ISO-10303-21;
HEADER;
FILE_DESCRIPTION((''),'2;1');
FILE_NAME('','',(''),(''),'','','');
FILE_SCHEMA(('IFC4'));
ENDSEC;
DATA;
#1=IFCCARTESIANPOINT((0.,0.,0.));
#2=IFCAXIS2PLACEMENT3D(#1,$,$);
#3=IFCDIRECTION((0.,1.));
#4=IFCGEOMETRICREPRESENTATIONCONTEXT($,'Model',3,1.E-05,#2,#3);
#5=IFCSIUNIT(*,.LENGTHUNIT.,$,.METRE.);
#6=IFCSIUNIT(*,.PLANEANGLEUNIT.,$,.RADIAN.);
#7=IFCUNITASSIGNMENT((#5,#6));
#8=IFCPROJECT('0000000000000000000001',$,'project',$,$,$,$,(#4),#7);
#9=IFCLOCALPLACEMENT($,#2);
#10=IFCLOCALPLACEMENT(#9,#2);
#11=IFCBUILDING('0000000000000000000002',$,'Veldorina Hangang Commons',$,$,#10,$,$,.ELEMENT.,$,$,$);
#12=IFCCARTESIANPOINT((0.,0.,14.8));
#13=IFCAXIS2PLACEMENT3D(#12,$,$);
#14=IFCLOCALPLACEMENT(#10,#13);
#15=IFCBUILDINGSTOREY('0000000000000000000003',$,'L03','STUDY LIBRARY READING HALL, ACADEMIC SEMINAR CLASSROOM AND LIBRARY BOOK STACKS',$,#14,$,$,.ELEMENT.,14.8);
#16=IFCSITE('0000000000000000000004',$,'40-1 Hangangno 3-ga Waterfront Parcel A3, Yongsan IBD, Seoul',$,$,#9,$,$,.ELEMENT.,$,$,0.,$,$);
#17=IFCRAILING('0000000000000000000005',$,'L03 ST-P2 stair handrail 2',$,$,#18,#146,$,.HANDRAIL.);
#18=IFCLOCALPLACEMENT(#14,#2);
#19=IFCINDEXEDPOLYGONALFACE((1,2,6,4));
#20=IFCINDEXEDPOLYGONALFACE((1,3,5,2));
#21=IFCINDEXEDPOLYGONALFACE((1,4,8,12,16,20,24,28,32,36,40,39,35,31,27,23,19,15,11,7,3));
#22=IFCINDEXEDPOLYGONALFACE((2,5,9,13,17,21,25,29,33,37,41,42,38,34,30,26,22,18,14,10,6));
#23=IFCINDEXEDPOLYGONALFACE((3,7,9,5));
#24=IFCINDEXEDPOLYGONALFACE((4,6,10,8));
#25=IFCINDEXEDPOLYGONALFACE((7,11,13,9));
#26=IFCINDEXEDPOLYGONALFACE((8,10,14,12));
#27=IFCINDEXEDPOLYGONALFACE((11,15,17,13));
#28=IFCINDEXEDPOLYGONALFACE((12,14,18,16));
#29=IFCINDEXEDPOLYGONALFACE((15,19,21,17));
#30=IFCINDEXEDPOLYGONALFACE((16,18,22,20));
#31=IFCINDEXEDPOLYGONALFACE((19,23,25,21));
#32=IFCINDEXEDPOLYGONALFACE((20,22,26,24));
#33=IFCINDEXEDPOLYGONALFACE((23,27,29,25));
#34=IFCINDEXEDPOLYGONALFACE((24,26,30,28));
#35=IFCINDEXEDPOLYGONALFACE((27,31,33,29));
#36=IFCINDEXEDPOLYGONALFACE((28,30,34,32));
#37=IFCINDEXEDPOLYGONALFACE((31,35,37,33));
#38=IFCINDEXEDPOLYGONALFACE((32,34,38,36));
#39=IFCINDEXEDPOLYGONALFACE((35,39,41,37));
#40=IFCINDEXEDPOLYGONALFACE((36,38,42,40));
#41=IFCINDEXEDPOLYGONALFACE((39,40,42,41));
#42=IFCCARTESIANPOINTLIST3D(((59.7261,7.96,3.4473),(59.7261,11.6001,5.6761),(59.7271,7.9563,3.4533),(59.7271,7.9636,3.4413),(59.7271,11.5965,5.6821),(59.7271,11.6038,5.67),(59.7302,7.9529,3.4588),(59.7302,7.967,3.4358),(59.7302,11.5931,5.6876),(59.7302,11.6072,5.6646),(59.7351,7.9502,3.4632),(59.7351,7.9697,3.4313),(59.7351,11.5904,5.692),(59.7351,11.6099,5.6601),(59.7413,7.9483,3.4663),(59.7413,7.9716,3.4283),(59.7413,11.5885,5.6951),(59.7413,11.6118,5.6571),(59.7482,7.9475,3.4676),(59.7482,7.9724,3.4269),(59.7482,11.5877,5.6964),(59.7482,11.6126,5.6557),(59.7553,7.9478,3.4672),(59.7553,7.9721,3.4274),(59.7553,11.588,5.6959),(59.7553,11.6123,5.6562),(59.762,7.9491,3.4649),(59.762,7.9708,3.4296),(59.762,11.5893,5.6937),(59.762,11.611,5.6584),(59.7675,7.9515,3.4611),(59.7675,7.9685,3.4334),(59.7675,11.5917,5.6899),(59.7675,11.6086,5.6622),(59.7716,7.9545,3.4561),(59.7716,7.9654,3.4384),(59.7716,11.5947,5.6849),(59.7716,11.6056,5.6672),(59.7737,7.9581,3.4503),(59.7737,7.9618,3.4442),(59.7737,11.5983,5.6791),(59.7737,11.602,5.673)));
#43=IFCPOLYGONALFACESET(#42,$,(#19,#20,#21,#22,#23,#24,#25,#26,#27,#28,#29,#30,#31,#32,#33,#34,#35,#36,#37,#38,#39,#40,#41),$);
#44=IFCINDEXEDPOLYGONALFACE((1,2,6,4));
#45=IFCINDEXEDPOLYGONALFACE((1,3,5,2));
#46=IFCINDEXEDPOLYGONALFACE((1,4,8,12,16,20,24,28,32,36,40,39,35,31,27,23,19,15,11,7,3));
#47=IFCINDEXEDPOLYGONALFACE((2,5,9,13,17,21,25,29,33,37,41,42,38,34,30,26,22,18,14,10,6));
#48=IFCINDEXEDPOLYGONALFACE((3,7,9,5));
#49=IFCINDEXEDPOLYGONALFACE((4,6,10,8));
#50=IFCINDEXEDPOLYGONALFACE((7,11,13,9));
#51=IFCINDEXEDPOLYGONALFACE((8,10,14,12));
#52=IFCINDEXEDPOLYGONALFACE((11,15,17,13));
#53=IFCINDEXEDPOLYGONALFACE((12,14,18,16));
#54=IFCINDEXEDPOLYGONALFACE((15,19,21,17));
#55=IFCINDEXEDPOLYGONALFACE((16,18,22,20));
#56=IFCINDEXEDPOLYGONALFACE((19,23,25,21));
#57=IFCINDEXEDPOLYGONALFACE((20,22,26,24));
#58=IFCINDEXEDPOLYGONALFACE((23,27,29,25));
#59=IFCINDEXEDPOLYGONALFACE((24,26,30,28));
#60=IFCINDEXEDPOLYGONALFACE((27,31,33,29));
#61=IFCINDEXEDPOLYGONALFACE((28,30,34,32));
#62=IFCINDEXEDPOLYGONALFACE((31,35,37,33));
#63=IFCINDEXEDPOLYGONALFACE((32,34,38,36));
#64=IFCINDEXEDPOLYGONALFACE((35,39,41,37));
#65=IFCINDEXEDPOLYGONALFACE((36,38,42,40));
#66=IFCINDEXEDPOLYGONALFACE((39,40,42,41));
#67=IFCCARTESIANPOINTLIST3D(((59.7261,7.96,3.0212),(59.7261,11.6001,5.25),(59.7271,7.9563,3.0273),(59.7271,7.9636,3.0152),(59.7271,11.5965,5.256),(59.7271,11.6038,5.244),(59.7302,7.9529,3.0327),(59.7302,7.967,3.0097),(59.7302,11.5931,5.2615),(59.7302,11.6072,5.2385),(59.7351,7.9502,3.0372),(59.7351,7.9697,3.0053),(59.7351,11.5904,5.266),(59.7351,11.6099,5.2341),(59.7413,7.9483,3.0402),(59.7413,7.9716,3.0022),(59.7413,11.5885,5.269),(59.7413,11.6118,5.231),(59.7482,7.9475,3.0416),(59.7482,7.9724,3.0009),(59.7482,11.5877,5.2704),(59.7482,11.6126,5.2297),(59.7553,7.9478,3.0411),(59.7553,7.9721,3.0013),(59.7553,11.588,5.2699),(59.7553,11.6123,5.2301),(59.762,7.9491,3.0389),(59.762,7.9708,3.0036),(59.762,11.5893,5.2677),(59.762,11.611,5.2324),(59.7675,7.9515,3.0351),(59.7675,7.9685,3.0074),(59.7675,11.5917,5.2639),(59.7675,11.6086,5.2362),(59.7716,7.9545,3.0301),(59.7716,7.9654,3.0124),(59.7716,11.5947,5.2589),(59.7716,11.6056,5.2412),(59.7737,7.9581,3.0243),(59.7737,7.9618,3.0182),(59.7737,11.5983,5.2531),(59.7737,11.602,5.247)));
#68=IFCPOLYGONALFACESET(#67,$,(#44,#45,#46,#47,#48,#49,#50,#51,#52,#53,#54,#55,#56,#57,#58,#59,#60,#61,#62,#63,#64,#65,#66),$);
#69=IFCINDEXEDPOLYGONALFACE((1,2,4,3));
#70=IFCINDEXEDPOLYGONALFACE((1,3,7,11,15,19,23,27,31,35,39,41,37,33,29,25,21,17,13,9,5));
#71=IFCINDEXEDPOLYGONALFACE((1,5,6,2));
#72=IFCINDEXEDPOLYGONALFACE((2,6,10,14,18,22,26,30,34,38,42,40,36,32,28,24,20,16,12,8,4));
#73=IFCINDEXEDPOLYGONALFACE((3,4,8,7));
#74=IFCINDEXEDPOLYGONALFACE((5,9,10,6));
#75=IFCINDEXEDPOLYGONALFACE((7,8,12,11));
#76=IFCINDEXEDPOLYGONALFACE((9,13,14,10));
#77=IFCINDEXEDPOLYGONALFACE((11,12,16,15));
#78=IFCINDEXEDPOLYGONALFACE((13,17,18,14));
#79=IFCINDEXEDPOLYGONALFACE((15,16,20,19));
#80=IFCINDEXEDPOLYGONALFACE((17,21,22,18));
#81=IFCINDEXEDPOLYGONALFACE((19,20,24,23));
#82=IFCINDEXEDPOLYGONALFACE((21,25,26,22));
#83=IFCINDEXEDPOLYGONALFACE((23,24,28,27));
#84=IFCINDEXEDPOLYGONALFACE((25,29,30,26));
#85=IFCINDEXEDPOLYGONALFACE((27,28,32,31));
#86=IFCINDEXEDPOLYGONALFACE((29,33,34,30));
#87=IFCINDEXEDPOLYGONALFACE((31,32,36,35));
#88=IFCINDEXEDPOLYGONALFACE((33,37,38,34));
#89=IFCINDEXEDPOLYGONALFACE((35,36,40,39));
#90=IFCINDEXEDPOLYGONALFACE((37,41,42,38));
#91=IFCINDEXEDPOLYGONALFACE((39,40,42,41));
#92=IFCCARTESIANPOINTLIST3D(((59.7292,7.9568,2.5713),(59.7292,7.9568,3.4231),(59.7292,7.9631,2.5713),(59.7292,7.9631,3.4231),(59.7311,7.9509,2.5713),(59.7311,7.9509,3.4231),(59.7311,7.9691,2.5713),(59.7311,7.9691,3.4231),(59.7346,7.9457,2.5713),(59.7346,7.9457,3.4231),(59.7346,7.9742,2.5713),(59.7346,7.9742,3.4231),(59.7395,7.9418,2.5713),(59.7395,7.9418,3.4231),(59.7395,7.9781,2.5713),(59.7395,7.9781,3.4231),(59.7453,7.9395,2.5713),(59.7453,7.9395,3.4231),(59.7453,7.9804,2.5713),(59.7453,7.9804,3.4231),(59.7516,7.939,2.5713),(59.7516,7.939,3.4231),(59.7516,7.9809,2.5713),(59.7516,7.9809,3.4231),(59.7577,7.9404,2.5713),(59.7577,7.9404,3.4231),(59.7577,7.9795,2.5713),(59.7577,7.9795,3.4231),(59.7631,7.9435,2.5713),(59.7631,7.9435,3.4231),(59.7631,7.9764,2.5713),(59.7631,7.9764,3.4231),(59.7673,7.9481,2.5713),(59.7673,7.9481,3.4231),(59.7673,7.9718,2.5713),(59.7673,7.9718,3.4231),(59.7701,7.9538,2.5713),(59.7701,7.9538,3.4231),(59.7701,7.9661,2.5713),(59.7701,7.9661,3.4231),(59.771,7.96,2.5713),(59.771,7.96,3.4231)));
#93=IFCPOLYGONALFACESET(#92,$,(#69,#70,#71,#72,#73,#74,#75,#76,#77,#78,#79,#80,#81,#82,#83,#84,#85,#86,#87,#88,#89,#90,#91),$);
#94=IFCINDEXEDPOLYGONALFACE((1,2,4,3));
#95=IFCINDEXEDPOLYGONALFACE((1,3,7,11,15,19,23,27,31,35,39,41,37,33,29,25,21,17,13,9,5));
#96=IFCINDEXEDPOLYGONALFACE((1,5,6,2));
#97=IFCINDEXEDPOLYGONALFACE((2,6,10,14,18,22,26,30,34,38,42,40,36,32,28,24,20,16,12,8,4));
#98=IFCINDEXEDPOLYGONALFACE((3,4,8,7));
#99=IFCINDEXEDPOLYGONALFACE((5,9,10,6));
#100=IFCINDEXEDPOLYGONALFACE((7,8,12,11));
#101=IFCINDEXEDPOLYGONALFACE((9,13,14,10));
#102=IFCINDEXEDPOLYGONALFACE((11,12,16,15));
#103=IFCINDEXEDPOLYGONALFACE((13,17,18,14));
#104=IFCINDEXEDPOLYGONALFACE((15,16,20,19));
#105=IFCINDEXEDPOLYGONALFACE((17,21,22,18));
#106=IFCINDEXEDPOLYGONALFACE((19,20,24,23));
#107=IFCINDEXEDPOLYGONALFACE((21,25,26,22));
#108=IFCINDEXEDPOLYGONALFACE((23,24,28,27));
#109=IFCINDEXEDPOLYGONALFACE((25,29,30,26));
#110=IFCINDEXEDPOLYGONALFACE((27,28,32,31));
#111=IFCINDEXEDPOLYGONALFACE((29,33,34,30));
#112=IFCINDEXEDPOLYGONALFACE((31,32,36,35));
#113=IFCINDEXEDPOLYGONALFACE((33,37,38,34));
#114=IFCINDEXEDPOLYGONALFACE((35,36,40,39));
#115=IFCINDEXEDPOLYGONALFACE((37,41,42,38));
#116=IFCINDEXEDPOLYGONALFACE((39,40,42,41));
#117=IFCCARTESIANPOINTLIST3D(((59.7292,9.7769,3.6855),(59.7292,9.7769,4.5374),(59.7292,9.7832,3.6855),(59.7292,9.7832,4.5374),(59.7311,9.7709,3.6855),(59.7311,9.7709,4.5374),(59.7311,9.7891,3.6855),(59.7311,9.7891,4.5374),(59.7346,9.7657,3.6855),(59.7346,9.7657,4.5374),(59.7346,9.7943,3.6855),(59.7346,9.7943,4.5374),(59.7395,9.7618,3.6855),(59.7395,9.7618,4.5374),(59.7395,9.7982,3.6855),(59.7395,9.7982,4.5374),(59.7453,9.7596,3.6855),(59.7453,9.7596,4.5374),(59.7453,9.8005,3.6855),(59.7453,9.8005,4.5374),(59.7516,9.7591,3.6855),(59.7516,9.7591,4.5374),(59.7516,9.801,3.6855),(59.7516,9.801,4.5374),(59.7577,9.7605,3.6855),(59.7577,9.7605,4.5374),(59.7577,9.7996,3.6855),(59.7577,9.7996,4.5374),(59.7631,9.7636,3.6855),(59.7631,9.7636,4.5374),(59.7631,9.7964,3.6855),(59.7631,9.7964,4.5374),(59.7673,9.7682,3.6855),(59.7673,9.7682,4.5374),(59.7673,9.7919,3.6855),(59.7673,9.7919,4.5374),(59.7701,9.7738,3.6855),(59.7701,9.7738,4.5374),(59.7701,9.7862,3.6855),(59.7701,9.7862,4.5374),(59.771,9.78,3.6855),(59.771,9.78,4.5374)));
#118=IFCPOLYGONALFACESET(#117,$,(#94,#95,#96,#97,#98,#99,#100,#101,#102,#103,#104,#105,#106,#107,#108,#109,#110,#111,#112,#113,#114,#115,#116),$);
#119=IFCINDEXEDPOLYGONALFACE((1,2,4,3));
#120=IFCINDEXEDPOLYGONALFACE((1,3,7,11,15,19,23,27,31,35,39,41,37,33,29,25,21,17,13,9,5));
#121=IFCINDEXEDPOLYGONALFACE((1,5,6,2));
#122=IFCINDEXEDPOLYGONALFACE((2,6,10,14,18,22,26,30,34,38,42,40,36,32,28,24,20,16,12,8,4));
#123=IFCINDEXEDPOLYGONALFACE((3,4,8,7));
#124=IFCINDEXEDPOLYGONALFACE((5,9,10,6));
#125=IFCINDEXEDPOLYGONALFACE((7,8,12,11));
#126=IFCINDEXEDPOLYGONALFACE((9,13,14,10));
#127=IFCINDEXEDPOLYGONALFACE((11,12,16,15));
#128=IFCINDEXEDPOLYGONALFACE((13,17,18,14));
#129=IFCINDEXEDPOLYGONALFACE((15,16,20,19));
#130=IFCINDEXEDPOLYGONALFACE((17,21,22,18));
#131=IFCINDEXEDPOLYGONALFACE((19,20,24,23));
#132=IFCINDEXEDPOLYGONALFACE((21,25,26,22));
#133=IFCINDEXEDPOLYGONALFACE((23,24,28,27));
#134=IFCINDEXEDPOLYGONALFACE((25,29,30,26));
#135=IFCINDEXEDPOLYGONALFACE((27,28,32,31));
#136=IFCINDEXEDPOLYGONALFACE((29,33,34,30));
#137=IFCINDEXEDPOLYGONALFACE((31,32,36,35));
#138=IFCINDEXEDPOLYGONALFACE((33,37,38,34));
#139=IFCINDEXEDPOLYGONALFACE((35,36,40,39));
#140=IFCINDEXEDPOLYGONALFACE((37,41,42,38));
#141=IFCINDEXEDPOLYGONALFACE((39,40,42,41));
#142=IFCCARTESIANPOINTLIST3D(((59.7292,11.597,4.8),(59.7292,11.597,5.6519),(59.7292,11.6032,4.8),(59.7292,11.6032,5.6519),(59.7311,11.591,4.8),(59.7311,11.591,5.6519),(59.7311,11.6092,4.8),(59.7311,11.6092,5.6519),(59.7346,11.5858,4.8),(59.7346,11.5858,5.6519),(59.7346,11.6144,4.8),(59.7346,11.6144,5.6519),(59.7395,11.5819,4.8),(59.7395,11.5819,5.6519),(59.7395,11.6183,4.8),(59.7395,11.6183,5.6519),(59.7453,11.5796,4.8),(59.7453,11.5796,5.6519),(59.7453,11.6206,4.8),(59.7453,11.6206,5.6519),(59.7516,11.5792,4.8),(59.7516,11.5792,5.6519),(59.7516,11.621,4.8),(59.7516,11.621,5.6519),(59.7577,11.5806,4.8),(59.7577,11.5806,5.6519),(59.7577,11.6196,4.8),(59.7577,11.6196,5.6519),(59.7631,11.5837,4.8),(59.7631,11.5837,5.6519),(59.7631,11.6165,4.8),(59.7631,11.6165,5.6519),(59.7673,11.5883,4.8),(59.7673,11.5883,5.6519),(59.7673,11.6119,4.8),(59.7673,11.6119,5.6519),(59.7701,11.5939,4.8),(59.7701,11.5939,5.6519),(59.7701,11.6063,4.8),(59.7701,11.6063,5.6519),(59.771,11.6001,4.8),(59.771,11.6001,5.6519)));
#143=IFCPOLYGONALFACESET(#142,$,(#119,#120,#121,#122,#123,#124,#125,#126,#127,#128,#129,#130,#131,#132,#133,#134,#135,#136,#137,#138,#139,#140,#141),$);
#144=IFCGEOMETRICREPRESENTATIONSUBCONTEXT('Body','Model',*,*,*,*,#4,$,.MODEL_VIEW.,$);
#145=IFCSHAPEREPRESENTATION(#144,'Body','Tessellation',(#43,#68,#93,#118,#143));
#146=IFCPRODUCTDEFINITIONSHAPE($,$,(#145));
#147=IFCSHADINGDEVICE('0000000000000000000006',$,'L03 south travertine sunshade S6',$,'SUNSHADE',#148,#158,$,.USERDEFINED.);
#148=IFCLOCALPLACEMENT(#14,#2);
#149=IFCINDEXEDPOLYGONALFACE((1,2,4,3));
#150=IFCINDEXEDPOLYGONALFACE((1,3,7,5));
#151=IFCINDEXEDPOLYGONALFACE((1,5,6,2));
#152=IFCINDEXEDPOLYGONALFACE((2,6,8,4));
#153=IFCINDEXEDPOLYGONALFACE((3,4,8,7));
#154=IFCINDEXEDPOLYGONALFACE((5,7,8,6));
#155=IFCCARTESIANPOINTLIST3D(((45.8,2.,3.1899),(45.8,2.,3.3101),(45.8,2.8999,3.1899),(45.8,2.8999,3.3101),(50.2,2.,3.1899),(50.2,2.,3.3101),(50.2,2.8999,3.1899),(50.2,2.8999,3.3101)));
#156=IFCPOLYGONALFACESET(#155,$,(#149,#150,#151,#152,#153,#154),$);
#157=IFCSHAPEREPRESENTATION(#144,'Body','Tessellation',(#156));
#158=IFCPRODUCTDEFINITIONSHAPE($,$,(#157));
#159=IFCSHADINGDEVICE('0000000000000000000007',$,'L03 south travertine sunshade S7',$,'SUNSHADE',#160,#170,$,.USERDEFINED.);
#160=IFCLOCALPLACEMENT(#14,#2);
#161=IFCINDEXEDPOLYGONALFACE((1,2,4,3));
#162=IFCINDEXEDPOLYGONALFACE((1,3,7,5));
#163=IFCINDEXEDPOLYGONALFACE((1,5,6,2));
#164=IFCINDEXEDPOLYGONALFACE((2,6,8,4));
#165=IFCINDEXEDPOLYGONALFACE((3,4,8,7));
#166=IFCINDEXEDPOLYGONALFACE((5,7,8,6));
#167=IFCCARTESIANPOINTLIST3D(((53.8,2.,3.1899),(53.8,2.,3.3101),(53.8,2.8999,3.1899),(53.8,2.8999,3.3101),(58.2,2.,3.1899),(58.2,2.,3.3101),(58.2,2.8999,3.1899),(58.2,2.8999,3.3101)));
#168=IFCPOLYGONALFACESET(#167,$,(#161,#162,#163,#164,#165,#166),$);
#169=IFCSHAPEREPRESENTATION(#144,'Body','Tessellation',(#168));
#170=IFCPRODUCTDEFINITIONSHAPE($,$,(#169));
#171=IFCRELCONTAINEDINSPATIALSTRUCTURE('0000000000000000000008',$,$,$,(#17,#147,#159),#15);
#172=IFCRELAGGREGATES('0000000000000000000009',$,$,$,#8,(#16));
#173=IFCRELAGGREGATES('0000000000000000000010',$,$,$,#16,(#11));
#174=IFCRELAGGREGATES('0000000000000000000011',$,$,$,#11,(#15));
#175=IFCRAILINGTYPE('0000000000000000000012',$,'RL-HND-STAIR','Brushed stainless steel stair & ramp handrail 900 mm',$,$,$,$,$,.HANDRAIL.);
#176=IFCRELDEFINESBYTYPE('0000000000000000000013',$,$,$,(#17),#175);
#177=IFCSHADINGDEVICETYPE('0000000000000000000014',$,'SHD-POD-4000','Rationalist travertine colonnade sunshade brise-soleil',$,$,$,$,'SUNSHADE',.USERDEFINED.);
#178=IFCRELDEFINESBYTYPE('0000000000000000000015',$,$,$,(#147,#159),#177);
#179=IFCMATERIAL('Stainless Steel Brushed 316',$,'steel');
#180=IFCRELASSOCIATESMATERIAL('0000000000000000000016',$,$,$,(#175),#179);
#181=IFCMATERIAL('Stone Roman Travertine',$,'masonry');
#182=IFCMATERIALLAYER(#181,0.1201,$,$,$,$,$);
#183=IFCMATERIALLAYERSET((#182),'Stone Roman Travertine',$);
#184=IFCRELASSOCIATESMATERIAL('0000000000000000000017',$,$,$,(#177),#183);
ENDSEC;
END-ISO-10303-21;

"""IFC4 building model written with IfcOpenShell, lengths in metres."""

from ifc_helpers import new_model, si_unit, direction, frame, origin, origin_2d, place, context, subcontext, project, spatial, rectangle, circle, extrude, material, layer, layer_set, type_object, element, save


model = new_model("IFC4")

# Units and contexts
model_context = context("Model", 3, precision=1e-05, world=origin(), true_north=direction((0.0, 1.0)))
body_context = subcontext(model_context, "Body", "Model", "MODEL_VIEW")
ifc_project = project(units=[si_unit("LENGTHUNIT", "METRE"), si_unit("PLANEANGLEUNIT", "RADIAN")], contexts=[model_context])

# Site, building, storey
site_placement = place(None, origin())
site = spatial("IfcSite", under=ifc_project, at=site_placement, Name="40-1 Hangangno 3-ga Waterfront Parcel A3, Yongsan IBD, Seoul", CompositionType="ELEMENT", RefElevation=0.0)
building_placement = place(site_placement, origin())
building = spatial("IfcBuilding", under=site, at=building_placement, Name="Veldorina Hangang Commons", CompositionType="ELEMENT")
storey_placement = place(building_placement, frame((0.0, 0.0, 14.8)))
storey = spatial("IfcBuildingStorey", under=building, at=storey_placement, Name="L03", Description="STUDY LIBRARY READING HALL, ACADEMIC SEMINAR CLASSROOM AND LIBRARY BOOK STACKS", CompositionType="ELEMENT", Elevation=14.8)

# Shared definitions
ifc_material_1 = material(Name="Stone Roman Travertine", Category="masonry")

# Railing
ifc_material_2 = material(Name="Stainless Steel Brushed 316", Category="steel")
railing_type_1 = type_object("IfcRailingType", Name="RL-HND-STAIR", Description="Brushed stainless steel stair & ramp handrail 900 mm", PredefinedType="HANDRAIL", material=ifc_material_2)
railing_1_placement = place(storey_placement, frame((59.75, 7.96, 2.5713)))
element("IfcRailing", 1, at=railing_1_placement, inside=storey, type_object=railing_type_1, Name="L03 ST-P2 stair handrail 2", PredefinedType="HANDRAIL", context=body_context, shape_type="SweptSolid", body=[
    extrude(circle(Radius=0.0239, at=origin_2d()), frame((0.0, 0.0, 0.876), z_axis=(0.0, 0.85284, 0.522172), x_axis=(-1.0, 0.0, 0.0)), (0.0, 0.0, 1.0), 4.2683),
    extrude(circle(Radius=0.0239, at=origin_2d()), frame((0.0, 0.0, 0.45), z_axis=(0.0, 0.85284, 0.522172), x_axis=(-1.0, 0.0, 0.0)), (0.0, 0.0, 1.0), 4.2683),
    extrude(circle(Radius=0.021, at=origin_2d()), origin(), (0.0, 0.0, 1.0), 0.8518),
    extrude(circle(Radius=0.021, at=origin_2d()), frame((0.0, 1.8201, 1.1143)), (0.0, 0.0, 1.0), 0.8518),
    extrude(circle(Radius=0.021, at=origin_2d()), frame((0.0, 3.6401, 2.2288)), (0.0, 0.0, 1.0), 0.8518),
])

# Shading devices
ifc_layer_1 = layer(ifc_material_1, 0.1201)
ifc_layer_set_1 = layer_set([ifc_layer_1], Name="Stone Roman Travertine")
shading_device_type = type_object("IfcShadingDeviceType", Name="SHD-POD-4000", Description="Rationalist travertine colonnade sunshade brise-soleil", ElementType="SUNSHADE", PredefinedType="USERDEFINED", material=ifc_layer_set_1)
for number, where, z_axis, x_axis, name in (
    (2, (48.0, 2.45, 3.1899), (0.0, 0.0, 1.0), (1.0, 0.0, 0.0), "L03 south travertine sunshade S6"),
    (3, (56.0, 2.45, 3.1899), (0.0, 0.0, 1.0), (1.0, 0.0, 0.0), "L03 south travertine sunshade S7"),
):
    element("IfcShadingDevice", number, at=place(storey_placement, frame(where, z_axis=z_axis, x_axis=x_axis)), inside=storey, type_object=shading_device_type, Name=name, ObjectType="SUNSHADE", PredefinedType="USERDEFINED", context=body_context, shape_type="SweptSolid", body=[
        extrude(rectangle(XDim=4.3999, YDim=0.8999, at=origin_2d()), origin(), (0.0, 0.0, 1.0), 0.1201),
    ])

save(model, "model.ifc")
